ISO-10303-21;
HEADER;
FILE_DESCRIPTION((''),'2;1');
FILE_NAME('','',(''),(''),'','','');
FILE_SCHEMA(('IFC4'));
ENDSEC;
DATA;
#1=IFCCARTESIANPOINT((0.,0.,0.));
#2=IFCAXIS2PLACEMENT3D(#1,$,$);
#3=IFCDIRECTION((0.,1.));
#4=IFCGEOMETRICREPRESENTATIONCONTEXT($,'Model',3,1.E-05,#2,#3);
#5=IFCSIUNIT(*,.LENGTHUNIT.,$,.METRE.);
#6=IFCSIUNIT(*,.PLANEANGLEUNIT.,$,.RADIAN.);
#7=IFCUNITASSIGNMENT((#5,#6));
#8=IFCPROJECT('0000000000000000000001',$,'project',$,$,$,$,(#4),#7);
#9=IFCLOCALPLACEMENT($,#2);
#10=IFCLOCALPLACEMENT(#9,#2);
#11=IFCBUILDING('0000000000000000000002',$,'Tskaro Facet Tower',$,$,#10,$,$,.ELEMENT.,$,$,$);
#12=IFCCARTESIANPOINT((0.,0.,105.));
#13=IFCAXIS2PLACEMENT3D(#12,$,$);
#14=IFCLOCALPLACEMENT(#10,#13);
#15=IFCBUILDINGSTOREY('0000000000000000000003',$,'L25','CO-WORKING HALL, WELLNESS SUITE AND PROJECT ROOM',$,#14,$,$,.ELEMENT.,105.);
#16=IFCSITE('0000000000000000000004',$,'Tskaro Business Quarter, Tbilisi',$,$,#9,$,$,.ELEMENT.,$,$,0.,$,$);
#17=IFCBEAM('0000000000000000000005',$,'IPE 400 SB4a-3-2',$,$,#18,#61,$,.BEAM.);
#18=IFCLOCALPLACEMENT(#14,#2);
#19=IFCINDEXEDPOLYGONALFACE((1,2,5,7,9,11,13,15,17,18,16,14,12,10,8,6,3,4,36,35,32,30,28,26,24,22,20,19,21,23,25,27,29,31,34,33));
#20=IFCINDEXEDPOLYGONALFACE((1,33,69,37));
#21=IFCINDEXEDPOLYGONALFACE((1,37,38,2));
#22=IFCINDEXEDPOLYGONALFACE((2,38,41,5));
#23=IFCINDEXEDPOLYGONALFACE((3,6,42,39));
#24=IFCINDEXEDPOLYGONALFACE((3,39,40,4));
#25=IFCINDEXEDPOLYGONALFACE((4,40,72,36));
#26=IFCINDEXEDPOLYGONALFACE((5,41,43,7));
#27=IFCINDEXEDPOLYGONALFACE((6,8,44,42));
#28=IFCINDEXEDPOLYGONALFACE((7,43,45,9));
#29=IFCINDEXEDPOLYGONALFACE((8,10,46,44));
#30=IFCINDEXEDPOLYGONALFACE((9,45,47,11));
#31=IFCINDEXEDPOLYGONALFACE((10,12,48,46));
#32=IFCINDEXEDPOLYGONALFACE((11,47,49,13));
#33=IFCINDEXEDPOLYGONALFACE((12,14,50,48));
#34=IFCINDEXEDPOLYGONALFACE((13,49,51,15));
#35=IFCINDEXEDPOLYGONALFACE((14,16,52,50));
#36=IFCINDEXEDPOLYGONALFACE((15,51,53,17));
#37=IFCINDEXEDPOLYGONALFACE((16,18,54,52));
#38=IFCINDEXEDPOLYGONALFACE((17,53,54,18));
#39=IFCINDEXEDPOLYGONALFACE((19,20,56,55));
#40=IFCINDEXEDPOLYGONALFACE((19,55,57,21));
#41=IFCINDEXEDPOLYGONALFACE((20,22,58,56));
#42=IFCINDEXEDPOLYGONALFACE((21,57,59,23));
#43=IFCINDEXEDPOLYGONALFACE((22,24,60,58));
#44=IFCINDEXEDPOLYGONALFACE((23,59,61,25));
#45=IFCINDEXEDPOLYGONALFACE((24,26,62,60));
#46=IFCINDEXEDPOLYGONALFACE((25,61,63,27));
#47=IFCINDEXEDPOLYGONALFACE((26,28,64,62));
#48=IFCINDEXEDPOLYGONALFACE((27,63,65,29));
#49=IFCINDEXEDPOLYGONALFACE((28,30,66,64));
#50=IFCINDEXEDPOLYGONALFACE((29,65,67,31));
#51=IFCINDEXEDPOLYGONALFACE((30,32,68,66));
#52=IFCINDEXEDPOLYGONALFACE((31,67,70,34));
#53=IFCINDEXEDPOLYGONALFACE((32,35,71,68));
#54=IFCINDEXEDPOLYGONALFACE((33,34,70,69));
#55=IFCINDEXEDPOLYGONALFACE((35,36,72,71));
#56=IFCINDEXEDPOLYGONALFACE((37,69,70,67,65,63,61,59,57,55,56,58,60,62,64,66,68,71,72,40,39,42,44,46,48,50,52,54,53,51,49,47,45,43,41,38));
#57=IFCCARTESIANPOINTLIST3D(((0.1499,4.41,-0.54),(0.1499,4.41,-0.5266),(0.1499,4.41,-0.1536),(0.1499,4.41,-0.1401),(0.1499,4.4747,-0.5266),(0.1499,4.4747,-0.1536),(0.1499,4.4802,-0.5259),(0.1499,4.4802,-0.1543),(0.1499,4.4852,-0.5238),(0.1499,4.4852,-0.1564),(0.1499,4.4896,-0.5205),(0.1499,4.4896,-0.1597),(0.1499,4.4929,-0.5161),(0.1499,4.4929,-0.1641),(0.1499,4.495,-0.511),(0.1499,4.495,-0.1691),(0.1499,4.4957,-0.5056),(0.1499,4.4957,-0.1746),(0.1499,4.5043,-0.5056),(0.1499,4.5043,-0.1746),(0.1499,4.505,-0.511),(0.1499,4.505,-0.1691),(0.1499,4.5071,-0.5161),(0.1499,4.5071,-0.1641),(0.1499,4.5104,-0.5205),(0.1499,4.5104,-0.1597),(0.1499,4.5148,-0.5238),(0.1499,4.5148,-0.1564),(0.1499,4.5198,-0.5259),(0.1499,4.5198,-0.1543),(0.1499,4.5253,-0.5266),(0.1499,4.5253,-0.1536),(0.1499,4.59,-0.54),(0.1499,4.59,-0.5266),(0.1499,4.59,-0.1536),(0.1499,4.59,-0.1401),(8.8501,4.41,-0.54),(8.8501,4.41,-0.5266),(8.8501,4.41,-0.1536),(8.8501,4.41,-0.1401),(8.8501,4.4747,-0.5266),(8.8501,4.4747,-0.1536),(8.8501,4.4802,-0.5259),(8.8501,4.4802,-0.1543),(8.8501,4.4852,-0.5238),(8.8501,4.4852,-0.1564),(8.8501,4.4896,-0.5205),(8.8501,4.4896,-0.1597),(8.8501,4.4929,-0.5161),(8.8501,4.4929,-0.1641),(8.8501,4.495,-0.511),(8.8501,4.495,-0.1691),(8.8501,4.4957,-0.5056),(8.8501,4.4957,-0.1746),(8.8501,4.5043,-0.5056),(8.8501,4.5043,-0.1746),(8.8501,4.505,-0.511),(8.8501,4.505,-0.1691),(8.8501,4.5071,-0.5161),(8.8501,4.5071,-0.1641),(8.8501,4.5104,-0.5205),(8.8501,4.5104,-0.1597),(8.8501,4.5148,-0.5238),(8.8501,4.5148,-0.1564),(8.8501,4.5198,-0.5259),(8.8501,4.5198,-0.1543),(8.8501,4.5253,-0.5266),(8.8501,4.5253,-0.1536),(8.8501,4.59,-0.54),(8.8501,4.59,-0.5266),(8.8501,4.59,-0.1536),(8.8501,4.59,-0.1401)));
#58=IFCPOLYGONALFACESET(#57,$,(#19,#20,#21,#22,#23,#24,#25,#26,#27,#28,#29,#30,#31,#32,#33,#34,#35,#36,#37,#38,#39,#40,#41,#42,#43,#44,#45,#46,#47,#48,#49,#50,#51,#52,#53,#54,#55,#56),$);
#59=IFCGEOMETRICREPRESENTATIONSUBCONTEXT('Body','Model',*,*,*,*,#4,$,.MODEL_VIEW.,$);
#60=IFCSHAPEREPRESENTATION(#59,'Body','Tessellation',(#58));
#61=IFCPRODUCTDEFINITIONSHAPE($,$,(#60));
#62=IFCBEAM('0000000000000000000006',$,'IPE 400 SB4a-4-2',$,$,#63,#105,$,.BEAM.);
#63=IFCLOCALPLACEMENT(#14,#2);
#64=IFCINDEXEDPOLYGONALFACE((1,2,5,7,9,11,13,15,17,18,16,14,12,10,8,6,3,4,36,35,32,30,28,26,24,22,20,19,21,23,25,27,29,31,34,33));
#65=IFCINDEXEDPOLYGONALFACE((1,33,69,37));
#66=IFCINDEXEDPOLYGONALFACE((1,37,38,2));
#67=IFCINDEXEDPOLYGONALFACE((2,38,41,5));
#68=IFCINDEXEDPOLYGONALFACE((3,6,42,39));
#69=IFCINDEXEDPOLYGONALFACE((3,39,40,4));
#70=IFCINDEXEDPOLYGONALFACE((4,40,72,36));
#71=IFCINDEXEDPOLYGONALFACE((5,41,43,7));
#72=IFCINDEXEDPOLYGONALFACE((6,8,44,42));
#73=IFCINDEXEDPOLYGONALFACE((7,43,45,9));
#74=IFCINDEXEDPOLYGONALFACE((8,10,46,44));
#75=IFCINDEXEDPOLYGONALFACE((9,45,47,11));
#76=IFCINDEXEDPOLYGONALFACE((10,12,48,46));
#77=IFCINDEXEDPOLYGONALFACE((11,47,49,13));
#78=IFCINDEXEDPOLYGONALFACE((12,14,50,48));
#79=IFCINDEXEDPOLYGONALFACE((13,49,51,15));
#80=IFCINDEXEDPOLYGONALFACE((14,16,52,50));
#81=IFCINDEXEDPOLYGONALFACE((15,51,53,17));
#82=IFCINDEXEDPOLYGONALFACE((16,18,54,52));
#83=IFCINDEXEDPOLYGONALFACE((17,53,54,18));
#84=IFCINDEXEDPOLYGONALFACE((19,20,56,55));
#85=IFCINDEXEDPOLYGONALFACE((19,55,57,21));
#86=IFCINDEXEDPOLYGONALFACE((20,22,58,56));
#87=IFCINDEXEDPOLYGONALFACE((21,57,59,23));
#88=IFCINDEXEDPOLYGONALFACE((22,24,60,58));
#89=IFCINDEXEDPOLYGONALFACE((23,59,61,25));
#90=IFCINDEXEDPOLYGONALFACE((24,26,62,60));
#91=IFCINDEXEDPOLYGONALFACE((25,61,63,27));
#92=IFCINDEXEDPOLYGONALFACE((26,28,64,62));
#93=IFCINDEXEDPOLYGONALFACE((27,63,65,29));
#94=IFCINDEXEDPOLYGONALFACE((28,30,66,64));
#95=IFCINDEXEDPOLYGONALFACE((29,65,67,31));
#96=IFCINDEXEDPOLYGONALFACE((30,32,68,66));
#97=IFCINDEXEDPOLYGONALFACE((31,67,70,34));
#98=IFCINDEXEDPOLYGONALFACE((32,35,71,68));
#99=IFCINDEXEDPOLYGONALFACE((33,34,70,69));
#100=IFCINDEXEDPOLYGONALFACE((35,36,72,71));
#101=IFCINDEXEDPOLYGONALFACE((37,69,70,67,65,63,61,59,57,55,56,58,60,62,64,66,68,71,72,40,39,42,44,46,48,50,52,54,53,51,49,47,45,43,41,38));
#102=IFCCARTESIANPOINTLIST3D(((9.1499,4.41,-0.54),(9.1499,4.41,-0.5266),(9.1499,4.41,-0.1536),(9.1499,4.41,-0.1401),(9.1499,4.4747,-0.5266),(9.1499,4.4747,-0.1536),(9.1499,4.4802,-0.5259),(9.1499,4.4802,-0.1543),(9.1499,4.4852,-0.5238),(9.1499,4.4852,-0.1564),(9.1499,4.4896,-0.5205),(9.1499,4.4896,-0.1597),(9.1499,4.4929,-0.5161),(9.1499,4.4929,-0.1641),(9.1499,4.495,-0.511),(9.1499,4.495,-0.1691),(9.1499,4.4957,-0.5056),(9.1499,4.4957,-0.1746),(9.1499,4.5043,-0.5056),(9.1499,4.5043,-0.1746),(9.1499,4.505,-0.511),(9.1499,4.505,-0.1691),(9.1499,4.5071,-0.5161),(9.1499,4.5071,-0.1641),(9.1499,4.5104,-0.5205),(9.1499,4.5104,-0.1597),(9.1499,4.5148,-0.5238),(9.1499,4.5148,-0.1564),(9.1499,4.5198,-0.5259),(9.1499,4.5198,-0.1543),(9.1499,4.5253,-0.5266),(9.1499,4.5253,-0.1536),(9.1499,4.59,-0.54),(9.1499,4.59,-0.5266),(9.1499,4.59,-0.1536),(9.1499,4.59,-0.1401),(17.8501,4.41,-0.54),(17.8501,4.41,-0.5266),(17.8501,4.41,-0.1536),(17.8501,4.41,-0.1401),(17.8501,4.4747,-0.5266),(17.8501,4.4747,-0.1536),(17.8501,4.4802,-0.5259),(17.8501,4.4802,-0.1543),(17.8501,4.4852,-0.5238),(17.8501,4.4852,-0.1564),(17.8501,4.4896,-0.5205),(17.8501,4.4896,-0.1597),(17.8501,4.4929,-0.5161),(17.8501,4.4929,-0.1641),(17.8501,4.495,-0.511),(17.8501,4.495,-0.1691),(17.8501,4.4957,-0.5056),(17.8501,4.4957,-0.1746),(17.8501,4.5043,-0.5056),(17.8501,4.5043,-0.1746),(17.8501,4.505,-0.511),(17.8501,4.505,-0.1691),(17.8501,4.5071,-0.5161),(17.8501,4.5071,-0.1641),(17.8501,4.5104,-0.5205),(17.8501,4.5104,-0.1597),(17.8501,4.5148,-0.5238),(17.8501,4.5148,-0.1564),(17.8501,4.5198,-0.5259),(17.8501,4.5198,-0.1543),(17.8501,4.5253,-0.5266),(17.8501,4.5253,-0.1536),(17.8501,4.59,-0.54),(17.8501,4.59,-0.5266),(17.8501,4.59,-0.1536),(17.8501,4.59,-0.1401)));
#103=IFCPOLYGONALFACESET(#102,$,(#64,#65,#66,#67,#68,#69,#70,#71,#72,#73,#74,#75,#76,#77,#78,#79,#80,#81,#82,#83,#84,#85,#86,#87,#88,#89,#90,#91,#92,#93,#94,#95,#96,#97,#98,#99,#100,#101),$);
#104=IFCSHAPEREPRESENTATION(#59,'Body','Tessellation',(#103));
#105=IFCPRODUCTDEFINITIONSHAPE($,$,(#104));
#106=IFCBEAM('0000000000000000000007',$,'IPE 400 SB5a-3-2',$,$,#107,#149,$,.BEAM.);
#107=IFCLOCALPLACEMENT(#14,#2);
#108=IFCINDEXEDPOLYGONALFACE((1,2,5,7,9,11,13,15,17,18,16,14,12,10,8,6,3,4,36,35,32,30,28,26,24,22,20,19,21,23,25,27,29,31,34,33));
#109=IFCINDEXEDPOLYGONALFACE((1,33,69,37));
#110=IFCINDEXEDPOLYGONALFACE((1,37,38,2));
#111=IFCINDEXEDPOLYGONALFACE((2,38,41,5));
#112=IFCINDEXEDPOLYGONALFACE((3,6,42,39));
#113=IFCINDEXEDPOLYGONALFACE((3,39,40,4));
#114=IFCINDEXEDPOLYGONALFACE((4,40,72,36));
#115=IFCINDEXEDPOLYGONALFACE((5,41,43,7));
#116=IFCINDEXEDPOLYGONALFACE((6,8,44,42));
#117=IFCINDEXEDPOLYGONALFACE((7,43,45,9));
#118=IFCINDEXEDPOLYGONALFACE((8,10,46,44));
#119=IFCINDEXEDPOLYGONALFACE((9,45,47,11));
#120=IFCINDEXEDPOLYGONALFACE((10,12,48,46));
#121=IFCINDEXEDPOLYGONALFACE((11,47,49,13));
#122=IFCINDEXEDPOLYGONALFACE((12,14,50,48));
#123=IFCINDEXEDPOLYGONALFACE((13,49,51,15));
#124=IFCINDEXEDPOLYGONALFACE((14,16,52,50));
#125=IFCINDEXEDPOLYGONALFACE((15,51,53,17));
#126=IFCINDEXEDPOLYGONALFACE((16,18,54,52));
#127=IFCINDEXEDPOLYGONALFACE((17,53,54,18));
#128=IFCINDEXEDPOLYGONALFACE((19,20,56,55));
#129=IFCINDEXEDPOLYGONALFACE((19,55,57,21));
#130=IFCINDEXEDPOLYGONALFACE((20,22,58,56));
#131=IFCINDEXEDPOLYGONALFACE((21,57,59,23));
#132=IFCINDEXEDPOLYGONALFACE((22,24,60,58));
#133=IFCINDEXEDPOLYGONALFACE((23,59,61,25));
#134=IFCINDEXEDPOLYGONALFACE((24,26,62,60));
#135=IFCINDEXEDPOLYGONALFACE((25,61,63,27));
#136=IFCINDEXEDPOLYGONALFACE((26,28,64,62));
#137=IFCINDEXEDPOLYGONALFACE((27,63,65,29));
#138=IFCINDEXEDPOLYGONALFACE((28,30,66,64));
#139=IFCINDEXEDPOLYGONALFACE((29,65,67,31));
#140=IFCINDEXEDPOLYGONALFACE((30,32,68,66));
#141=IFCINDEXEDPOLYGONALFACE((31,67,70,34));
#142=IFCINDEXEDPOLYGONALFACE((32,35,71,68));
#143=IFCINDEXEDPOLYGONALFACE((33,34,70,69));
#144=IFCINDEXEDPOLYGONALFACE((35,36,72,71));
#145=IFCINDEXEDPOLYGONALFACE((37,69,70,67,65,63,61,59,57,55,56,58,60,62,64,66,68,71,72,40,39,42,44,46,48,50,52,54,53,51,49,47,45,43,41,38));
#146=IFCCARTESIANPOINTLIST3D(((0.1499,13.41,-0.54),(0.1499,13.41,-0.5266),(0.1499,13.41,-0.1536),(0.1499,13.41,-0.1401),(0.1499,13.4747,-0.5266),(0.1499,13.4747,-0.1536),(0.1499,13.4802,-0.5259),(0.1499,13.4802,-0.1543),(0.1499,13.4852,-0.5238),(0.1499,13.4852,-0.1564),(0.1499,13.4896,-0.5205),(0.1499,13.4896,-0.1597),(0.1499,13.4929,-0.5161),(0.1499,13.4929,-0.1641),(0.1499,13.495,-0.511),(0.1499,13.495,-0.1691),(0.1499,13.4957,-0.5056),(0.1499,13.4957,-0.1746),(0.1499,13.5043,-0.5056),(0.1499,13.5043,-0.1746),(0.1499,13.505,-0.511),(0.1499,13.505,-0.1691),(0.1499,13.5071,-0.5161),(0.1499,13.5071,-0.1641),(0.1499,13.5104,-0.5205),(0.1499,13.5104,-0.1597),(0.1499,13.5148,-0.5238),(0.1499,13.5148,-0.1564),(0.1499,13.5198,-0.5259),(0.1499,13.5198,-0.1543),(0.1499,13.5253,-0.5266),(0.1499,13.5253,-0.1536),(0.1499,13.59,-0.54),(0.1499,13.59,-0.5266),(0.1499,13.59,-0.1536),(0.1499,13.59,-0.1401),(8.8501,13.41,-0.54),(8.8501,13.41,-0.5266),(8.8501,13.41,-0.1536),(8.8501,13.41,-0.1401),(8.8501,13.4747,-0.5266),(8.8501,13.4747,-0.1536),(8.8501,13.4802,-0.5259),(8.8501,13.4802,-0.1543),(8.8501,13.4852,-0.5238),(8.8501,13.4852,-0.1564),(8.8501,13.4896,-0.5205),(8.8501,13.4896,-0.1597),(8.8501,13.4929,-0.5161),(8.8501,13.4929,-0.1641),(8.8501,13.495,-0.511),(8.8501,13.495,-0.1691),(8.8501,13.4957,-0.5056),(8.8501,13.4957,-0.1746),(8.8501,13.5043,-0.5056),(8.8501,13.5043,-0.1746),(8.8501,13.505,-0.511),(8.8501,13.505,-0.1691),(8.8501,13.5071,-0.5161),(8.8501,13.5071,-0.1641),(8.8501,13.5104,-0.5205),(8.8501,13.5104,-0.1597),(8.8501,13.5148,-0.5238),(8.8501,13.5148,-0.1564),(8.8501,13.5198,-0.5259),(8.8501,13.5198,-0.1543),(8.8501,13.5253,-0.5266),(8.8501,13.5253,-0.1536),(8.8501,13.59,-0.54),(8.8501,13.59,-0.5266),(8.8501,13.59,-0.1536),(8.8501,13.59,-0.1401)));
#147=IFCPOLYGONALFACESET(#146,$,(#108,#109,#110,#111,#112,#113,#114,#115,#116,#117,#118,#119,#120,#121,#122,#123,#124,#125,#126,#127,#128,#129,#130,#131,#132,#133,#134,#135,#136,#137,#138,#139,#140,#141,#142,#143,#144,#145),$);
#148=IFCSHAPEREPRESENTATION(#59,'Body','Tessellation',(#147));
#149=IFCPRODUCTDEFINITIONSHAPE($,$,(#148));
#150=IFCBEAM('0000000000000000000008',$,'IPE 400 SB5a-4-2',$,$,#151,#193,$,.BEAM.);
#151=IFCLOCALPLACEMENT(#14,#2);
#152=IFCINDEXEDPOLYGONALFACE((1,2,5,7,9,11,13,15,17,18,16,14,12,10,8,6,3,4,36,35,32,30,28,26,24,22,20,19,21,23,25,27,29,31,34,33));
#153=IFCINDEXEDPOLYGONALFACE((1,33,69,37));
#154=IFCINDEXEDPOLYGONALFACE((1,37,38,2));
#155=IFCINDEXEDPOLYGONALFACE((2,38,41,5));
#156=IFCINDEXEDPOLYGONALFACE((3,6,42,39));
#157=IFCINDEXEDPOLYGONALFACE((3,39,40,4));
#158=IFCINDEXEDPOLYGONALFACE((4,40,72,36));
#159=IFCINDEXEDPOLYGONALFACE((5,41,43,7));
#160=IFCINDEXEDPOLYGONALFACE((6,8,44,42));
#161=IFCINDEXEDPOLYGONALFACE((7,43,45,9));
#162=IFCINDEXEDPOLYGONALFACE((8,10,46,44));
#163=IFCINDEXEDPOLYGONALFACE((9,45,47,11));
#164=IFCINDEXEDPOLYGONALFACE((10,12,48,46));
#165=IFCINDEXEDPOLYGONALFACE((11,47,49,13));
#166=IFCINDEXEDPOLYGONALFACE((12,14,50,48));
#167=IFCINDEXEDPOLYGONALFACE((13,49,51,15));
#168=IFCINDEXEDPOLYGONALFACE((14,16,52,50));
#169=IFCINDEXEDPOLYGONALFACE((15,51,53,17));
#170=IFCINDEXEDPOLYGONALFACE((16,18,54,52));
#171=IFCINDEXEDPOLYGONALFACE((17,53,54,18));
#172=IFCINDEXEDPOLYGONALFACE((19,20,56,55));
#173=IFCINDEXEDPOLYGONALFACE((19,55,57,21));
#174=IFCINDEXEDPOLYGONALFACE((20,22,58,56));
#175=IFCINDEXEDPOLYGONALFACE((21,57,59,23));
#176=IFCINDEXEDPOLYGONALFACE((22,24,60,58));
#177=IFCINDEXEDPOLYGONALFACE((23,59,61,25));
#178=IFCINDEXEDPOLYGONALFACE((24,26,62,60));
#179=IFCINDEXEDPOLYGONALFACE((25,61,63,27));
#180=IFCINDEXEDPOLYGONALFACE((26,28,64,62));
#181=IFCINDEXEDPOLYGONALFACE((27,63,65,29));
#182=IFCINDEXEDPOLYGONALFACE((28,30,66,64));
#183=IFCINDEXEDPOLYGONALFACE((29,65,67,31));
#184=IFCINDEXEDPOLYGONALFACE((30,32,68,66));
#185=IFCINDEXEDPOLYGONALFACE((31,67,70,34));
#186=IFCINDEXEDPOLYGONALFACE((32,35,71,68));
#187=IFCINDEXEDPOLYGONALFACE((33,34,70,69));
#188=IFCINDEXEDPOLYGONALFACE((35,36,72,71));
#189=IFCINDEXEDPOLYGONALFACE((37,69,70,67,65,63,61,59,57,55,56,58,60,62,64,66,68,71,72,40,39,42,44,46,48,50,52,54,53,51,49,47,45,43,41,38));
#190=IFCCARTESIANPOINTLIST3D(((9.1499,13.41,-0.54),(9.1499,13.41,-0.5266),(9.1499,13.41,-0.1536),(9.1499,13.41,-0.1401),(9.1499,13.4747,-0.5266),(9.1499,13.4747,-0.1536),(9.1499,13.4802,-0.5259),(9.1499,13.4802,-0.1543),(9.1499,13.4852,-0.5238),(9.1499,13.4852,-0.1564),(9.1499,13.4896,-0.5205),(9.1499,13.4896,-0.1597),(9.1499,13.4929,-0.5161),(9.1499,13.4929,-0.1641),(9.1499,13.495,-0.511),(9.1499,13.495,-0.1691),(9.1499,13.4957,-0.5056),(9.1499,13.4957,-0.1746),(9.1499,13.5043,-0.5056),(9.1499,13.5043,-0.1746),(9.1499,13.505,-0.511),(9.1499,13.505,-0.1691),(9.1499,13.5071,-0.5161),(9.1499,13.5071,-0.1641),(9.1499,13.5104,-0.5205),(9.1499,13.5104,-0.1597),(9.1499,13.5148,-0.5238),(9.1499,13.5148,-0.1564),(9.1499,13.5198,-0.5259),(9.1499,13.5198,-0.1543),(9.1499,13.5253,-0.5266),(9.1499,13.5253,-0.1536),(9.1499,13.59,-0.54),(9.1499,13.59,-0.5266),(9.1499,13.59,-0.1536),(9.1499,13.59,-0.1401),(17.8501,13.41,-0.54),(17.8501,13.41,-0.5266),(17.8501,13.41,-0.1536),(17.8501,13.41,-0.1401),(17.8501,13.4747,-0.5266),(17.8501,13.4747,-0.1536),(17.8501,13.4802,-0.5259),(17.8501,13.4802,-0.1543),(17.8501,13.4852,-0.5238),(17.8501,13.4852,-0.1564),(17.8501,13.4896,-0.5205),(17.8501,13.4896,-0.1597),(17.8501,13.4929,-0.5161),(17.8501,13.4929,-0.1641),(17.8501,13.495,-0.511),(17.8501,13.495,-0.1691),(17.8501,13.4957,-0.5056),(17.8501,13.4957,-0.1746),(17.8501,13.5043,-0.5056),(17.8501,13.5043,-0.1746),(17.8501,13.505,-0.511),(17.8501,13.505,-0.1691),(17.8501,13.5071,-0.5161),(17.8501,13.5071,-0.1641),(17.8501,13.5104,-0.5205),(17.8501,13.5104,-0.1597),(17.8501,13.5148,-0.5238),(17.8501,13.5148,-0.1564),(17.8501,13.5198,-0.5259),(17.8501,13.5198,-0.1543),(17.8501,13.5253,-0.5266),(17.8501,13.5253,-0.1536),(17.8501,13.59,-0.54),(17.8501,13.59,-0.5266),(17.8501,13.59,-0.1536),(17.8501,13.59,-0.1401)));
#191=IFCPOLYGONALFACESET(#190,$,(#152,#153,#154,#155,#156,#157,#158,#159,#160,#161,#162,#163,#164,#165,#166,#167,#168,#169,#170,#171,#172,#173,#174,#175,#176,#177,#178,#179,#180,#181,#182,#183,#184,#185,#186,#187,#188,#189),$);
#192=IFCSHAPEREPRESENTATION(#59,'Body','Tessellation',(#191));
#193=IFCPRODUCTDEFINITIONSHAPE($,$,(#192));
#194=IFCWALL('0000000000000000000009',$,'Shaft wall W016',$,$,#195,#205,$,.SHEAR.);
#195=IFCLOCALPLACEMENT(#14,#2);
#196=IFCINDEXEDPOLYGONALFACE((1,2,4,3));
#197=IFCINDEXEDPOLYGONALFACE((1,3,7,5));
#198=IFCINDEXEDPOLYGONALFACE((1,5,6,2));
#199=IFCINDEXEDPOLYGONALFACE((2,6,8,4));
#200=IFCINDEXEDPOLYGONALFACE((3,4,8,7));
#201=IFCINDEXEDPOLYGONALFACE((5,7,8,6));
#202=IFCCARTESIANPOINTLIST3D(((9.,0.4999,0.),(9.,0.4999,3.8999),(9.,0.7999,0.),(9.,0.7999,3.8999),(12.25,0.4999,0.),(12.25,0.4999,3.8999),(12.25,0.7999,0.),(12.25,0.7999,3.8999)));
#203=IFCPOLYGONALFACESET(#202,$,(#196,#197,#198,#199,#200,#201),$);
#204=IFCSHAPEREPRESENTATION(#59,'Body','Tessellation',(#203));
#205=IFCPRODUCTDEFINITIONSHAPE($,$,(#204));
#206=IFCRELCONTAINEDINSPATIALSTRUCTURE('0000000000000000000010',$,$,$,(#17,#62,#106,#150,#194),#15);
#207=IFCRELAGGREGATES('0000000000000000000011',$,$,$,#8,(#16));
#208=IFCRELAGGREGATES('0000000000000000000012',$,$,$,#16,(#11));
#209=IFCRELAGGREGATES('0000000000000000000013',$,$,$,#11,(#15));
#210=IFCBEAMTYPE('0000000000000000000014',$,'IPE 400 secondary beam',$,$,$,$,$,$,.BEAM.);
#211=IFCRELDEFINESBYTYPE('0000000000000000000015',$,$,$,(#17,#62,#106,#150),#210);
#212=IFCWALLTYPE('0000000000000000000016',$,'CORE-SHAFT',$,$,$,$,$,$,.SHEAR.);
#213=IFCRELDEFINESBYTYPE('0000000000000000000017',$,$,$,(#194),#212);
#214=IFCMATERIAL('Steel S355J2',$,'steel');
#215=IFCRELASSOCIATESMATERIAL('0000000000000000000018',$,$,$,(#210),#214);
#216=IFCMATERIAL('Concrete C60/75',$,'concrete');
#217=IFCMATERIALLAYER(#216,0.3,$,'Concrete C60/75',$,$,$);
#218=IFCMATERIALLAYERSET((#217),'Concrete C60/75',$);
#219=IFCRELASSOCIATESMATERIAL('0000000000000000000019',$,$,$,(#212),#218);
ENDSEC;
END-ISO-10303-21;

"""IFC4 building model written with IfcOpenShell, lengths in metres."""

from ifc_helpers import new_model, si_unit, direction, frame, frame_2d, origin, origin_2d, place, context, subcontext, project, spatial, rectangle, i_section, extrude, material, layer, layer_set, material_profile, profile_set, type_object, element, save


model = new_model("IFC4")

# Units and contexts
model_context = context("Model", 3, precision=1e-05, world=origin(), true_north=direction((0.0, 1.0)))
body_context = subcontext(model_context, "Body", "Model", "MODEL_VIEW")
ifc_project = project(units=[si_unit("LENGTHUNIT", "METRE"), si_unit("PLANEANGLEUNIT", "RADIAN")], contexts=[model_context])

# Site, building, storey
site_placement = place(None, origin())
site = spatial("IfcSite", under=ifc_project, at=site_placement, Name="Tskaro Business Quarter, Tbilisi", CompositionType="ELEMENT", RefElevation=0.0)
building_placement = place(site_placement, origin())
building = spatial("IfcBuilding", under=site, at=building_placement, Name="Tskaro Facet Tower", CompositionType="ELEMENT")
storey_placement = place(building_placement, frame((0.0, 0.0, 105.0)))
storey = spatial("IfcBuildingStorey", under=building, at=storey_placement, Name="L25", Description="CO-WORKING HALL, WELLNESS SUITE AND PROJECT ROOM", CompositionType="ELEMENT", Elevation=105.0)

# Beams
ifc_material_1 = material(Name="Steel S355J2", Category="steel")
ifc_material_profile_1 = material_profile(ifc_material_1, i_section(OverallWidth=0.1799, OverallDepth=0.3999, WebThickness=0.0085, FlangeThickness=0.0134, FilletRadius=0.021, at=origin_2d()), Name="IPE 400")
ifc_profile_set_1 = profile_set([ifc_material_profile_1], Name="Steel S355J2")
beam_type_1 = type_object("IfcBeamType", Name="IPE 400 secondary beam", PredefinedType="BEAM", material=ifc_profile_set_1)
for number, where, z_axis, x_axis, name in (
    (1, (0.1499, 4.5, -0.3401), (1.0, 0.0, 0.0), (0.0, 1.0, 0.0), "IPE 400 SB4a-3-2"),
    (2, (9.1499, 4.5, -0.3401), (1.0, 0.0, 0.0), (0.0, 1.0, 0.0), "IPE 400 SB4a-4-2"),
    (3, (0.1499, 13.5, -0.3401), (1.0, 0.0, 0.0), (0.0, 1.0, 0.0), "IPE 400 SB5a-3-2"),
    (4, (9.1499, 13.5, -0.3401), (1.0, 0.0, 0.0), (0.0, 1.0, 0.0), "IPE 400 SB5a-4-2"),
):
    element("IfcBeam", number, at=place(storey_placement, frame(where, z_axis=z_axis, x_axis=x_axis)), inside=storey, type_object=beam_type_1, Name=name, PredefinedType="BEAM", context=body_context, shape_type="SweptSolid", body=[
        extrude(i_section(OverallWidth=0.1799, OverallDepth=0.3999, WebThickness=0.0085, FlangeThickness=0.0134, FilletRadius=0.021, at=origin_2d()), origin(), (0.0, 0.0, 1.0), 8.7002),
    ])

# Wall
ifc_material_2 = material(Name="Concrete C60/75", Category="concrete")
ifc_layer_1 = layer(ifc_material_2, 0.3, Name="Concrete C60/75")
ifc_layer_set_1 = layer_set([ifc_layer_1], Name="Concrete C60/75")
wall_type_1 = type_object("IfcWallType", Name="CORE-SHAFT", PredefinedType="SHEAR", material=ifc_layer_set_1)
wall_1_placement = place(storey_placement, frame((12.25, 0.6499, 0.0), z_axis=(0.0, 0.0, 1.0), x_axis=(-1.0, 0.0, 0.0)))
element("IfcWall", 5, at=wall_1_placement, inside=storey, type_object=wall_type_1, Name="Shaft wall W016", PredefinedType="SHEAR", context=body_context, shape_type="SweptSolid", body=[
    extrude(rectangle(XDim=3.25, YDim=0.3, at=frame_2d((1.625, 0.0))), origin(), (0.0, 0.0, 1.0), 3.8999),
])

save(model, "model.ifc")
